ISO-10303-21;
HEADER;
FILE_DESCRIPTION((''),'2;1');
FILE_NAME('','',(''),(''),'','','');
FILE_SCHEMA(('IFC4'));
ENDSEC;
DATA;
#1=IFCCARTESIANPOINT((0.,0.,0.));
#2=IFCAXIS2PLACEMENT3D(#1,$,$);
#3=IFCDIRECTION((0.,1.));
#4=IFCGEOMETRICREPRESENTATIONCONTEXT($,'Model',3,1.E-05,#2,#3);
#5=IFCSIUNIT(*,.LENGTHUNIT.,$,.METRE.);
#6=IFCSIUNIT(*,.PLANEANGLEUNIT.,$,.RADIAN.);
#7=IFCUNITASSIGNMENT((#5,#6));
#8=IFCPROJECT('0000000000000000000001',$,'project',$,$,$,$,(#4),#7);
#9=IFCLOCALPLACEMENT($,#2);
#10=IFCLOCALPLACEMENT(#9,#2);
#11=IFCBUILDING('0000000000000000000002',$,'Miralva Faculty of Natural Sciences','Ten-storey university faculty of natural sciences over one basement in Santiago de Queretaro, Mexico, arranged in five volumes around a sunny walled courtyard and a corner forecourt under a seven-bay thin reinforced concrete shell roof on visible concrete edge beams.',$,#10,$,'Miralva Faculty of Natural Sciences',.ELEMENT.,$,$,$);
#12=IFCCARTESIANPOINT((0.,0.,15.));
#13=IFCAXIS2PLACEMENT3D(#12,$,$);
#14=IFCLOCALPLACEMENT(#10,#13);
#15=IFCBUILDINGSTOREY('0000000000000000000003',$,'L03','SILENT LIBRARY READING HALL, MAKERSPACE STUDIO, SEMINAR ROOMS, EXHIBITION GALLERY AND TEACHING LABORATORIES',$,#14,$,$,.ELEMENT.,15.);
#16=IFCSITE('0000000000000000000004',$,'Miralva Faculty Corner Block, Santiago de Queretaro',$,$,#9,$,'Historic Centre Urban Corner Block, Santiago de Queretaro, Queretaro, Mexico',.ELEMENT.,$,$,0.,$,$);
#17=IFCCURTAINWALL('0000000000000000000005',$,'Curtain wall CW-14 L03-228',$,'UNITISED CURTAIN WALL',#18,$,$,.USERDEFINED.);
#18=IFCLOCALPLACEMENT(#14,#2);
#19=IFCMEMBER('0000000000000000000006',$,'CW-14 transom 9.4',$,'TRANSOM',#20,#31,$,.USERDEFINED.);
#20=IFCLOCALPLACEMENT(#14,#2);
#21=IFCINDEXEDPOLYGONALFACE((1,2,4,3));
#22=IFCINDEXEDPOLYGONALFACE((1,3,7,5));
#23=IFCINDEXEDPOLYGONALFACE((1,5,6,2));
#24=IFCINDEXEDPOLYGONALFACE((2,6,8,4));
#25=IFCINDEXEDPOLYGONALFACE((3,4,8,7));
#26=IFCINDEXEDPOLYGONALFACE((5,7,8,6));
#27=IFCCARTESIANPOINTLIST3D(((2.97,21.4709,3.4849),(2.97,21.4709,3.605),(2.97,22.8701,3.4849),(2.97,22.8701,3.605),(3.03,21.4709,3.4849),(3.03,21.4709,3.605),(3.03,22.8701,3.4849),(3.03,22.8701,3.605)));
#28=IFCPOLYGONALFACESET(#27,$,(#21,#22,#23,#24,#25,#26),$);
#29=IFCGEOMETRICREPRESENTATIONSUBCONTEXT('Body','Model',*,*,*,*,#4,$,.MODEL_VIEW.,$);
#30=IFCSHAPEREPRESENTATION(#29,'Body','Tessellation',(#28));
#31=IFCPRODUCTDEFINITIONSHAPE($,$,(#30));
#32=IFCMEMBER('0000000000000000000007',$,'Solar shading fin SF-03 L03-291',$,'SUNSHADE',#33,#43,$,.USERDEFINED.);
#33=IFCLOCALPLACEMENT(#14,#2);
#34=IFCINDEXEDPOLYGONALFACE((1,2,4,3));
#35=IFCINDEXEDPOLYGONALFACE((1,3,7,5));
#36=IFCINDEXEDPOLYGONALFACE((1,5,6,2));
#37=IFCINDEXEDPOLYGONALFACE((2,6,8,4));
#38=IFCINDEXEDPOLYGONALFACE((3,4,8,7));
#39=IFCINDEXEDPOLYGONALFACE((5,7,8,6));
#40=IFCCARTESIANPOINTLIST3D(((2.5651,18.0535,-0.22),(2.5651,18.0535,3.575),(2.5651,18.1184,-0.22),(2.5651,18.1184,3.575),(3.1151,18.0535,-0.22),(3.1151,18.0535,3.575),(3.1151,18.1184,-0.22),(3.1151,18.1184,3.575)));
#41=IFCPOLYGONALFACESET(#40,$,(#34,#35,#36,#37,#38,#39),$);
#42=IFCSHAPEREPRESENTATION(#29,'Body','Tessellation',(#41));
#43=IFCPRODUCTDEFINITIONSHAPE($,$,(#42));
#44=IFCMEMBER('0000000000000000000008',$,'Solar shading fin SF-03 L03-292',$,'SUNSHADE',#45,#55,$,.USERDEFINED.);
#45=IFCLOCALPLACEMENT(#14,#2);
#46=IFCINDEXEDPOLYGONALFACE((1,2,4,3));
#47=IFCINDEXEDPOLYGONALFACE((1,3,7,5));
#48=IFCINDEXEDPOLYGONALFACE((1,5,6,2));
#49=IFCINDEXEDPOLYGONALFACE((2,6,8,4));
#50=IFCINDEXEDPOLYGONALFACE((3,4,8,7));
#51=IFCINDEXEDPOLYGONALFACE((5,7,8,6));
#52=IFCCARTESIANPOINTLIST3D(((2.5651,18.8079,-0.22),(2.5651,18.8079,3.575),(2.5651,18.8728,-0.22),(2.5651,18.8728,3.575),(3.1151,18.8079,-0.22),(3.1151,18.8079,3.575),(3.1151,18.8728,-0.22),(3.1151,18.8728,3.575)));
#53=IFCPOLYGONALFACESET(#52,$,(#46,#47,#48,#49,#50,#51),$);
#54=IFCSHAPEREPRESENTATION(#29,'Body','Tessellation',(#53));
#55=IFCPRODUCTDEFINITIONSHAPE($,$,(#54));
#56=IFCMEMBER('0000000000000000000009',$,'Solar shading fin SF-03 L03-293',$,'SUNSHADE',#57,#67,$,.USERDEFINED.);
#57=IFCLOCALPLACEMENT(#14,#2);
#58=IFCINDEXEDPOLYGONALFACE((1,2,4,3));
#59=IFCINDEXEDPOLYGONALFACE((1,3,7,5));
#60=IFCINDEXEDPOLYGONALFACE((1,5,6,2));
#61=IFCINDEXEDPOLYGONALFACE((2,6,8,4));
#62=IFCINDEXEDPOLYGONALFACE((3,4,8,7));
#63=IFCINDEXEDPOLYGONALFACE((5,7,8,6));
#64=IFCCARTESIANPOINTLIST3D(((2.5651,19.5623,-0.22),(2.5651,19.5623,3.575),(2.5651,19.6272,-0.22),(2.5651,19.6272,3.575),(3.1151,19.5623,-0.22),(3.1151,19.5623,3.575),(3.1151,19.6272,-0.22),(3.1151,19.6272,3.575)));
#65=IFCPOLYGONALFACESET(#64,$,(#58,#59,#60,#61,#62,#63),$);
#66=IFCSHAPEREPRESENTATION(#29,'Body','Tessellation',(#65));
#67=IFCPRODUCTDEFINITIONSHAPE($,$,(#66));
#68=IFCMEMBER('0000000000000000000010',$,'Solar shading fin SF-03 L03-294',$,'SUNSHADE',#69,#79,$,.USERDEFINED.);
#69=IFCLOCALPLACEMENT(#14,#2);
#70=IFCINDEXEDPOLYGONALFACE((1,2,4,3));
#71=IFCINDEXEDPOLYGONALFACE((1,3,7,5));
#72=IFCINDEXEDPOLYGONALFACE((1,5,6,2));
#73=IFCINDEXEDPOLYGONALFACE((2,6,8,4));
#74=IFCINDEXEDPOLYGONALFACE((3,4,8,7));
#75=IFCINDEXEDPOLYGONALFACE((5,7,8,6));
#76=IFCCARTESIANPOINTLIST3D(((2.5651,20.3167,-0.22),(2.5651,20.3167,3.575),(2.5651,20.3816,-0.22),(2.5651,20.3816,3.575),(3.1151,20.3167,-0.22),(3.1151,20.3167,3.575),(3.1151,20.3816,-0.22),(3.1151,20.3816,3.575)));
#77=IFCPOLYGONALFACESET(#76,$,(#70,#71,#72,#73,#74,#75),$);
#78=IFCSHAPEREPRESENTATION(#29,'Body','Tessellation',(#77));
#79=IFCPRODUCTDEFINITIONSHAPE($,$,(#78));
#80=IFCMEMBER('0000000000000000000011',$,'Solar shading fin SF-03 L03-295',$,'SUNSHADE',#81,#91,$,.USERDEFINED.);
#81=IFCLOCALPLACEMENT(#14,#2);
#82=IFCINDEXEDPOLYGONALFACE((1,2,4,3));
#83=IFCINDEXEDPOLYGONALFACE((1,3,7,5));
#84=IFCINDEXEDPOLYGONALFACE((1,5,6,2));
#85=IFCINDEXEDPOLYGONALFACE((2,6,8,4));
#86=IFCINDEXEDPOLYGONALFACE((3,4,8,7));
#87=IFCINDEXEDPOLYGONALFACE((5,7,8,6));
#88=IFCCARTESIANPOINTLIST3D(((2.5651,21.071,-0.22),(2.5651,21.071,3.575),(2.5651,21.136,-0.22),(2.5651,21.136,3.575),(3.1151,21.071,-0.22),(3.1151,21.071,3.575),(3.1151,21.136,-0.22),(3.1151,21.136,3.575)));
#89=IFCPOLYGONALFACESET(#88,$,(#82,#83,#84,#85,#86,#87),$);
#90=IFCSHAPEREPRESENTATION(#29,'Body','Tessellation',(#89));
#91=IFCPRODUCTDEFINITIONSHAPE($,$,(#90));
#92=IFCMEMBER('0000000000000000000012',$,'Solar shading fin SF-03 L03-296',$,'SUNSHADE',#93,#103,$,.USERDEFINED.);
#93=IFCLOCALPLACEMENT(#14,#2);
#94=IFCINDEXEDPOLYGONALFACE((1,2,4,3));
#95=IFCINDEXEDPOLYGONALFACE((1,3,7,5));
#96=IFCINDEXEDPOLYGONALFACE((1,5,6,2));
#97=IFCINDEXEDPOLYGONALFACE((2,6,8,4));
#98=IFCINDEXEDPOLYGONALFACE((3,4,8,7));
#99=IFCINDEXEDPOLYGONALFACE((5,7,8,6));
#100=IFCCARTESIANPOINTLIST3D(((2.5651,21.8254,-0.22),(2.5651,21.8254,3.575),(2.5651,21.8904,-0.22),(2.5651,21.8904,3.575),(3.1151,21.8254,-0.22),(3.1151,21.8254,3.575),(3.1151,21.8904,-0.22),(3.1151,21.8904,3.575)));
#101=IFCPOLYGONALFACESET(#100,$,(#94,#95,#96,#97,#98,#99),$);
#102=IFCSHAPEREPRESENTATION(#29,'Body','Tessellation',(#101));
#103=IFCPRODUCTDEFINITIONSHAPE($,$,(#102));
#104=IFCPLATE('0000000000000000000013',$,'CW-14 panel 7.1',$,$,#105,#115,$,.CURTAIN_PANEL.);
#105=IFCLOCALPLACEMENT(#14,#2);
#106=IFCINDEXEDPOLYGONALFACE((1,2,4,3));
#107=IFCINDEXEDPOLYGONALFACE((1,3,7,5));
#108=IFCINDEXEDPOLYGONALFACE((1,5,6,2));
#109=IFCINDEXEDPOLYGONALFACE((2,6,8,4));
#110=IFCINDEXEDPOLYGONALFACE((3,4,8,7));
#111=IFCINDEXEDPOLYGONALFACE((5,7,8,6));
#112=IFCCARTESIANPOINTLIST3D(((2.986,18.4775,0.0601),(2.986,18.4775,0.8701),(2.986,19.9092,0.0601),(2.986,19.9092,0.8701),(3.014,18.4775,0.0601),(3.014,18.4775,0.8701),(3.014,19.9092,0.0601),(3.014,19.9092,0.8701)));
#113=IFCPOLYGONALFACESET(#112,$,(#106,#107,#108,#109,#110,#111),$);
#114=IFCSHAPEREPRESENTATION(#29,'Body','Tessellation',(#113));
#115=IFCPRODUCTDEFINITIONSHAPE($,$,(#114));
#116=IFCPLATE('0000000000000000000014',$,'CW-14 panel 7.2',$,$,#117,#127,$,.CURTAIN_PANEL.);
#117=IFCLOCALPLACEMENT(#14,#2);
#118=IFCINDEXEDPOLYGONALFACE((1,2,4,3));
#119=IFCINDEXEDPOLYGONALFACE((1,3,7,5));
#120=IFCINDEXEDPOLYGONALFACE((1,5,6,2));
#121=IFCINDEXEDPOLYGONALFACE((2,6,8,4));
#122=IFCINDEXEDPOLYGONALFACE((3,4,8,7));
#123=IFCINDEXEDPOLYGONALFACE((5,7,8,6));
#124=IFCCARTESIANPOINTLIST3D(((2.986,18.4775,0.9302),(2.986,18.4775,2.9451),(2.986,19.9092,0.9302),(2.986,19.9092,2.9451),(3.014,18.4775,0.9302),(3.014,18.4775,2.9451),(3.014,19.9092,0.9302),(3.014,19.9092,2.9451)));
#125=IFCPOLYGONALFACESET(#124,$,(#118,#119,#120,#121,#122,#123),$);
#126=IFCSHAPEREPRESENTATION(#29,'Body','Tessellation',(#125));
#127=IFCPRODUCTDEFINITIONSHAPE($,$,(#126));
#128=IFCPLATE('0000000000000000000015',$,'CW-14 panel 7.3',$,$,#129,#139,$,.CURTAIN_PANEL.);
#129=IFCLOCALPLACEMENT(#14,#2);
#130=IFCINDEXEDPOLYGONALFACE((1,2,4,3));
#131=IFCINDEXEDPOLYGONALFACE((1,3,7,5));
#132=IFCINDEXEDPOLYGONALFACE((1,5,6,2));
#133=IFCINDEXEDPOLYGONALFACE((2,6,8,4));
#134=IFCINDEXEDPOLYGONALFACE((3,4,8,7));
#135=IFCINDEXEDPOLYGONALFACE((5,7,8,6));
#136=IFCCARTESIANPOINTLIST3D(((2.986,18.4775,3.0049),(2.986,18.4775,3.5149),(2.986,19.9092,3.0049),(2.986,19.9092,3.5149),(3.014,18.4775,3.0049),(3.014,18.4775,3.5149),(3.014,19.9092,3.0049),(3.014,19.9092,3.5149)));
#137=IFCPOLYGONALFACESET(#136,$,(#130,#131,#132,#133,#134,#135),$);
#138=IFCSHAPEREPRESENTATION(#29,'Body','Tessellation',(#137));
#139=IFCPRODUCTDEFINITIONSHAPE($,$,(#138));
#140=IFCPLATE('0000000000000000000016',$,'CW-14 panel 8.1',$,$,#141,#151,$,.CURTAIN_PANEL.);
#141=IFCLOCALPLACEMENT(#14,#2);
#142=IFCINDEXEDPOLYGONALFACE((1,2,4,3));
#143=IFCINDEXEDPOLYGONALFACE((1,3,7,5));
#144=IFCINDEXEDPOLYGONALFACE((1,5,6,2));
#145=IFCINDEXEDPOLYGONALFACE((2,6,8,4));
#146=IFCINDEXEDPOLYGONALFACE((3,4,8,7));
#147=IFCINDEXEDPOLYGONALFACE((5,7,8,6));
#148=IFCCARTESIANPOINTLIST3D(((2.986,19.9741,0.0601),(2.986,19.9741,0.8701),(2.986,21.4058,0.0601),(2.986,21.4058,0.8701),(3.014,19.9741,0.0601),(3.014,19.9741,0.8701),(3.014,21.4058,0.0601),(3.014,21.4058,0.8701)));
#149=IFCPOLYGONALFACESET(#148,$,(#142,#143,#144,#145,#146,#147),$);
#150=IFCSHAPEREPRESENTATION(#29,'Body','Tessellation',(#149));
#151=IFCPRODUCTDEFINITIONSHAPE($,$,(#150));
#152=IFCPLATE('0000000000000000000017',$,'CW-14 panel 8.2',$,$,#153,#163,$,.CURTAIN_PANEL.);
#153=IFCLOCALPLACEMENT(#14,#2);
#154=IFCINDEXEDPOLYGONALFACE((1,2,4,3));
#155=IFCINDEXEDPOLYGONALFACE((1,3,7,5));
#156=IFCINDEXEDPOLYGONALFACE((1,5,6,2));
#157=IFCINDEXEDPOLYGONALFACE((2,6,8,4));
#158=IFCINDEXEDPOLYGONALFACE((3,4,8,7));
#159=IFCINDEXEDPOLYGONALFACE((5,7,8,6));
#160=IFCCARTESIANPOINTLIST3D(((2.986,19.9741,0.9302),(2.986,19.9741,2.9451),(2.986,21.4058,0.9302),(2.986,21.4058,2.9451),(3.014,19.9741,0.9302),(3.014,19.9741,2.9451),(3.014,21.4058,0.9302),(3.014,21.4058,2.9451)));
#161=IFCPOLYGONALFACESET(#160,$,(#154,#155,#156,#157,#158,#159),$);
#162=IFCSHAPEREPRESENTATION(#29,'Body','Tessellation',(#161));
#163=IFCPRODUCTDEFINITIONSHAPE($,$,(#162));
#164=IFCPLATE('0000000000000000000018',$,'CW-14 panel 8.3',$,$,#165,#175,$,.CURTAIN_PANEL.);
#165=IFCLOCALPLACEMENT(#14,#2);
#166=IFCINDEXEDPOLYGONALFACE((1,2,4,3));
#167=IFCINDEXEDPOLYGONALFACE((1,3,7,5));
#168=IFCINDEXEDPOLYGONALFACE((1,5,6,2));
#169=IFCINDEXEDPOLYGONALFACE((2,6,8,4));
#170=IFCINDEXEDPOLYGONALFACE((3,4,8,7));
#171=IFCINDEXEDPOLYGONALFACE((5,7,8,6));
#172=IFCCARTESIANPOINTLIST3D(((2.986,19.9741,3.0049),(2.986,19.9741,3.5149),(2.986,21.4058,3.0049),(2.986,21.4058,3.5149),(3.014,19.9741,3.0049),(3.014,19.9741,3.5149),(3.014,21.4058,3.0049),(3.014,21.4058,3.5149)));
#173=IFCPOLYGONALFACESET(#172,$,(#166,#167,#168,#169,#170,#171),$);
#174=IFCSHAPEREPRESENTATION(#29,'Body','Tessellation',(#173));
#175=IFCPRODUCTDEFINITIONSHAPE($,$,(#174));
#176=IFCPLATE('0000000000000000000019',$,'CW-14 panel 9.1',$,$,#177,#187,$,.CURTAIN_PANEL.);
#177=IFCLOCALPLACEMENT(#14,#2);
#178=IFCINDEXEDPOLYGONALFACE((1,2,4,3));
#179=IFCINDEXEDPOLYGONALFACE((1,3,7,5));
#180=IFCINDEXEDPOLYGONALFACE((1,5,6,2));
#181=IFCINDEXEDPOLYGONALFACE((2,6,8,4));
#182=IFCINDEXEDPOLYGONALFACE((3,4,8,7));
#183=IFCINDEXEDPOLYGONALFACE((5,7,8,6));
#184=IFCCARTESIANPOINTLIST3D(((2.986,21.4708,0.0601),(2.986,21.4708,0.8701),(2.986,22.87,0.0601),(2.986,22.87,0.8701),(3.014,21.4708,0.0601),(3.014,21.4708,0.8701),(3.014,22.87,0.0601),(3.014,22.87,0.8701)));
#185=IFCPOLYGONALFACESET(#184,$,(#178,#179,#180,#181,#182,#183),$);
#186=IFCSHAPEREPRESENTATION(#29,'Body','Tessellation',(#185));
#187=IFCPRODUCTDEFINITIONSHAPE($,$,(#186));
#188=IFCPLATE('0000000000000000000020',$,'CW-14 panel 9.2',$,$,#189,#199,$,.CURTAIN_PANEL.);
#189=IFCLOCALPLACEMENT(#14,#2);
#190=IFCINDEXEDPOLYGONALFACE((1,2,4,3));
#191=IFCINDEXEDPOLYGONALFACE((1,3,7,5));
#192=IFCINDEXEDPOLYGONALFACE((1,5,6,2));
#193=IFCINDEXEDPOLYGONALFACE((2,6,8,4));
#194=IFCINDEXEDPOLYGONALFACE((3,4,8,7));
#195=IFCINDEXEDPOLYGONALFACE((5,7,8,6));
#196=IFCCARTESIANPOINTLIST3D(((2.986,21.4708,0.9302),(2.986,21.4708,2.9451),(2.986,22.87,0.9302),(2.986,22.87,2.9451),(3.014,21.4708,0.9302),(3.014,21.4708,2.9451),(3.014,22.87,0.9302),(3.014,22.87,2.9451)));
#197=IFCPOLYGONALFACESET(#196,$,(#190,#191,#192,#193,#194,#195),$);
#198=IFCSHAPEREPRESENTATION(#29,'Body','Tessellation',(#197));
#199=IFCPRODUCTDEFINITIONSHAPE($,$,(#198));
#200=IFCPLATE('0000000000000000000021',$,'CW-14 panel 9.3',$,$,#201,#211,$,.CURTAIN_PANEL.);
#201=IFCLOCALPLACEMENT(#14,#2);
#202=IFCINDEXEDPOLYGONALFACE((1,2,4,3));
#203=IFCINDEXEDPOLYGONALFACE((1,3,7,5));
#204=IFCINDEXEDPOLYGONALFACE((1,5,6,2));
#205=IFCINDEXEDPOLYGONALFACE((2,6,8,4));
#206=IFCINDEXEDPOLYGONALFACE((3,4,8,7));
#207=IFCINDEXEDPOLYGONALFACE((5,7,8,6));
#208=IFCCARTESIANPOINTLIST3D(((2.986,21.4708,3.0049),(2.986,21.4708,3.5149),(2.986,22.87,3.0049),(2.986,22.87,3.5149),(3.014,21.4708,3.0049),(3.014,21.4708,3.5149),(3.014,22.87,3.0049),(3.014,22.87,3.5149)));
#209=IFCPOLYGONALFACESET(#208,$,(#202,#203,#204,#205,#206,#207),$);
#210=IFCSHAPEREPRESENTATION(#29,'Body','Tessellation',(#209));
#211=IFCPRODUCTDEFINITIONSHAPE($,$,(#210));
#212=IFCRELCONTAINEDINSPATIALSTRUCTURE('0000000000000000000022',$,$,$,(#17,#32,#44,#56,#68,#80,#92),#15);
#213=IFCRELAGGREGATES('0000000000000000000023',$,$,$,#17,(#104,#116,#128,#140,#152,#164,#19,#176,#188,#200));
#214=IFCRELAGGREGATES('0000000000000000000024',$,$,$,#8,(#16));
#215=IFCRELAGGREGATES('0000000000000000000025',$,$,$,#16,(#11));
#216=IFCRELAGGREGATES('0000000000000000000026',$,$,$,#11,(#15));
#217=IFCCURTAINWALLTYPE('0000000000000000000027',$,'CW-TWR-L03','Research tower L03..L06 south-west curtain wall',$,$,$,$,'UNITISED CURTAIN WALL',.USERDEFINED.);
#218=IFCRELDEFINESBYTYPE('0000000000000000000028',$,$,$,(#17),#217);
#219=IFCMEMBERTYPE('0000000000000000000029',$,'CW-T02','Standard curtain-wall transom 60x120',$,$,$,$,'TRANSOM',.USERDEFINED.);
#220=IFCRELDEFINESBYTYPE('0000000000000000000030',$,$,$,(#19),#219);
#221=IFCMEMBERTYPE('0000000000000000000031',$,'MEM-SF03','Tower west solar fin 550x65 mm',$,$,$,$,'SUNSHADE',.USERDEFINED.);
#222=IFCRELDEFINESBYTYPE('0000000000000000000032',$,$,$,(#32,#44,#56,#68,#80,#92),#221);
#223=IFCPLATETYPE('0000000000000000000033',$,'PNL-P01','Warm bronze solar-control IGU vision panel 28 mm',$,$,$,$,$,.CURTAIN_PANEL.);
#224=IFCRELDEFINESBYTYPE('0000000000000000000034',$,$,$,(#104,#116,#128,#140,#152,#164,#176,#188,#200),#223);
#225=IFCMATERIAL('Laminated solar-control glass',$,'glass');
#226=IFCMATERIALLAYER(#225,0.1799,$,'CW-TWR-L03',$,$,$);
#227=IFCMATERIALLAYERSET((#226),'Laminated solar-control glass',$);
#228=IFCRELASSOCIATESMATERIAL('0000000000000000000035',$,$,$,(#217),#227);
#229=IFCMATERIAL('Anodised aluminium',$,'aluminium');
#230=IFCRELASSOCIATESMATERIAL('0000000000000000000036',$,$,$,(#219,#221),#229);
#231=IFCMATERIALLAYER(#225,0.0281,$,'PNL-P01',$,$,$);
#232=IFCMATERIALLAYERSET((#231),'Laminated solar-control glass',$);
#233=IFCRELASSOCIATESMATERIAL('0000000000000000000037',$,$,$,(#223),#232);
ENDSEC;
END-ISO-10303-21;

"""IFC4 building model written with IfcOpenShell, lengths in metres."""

from ifc_helpers import new_model, si_unit, direction, frame, origin, origin_2d, place, context, subcontext, project, spatial, rectangle, extrude, material, layer, layer_set, material_profile, profile_set, type_object, element, aggregate, save


model = new_model("IFC4")

# Units and contexts
model_context = context("Model", 3, precision=1e-05, world=origin(), true_north=direction((0.0, 1.0)))
body_context = subcontext(model_context, "Body", "Model", "MODEL_VIEW")
ifc_project = project(units=[si_unit("LENGTHUNIT", "METRE"), si_unit("PLANEANGLEUNIT", "RADIAN")], contexts=[model_context])

# Site, building, storey
site_placement = place(None, origin())
site = spatial("IfcSite", under=ifc_project, at=site_placement, Name="Miralva Faculty Corner Block, Santiago de Queretaro", LongName="Historic Centre Urban Corner Block, Santiago de Queretaro, Queretaro, Mexico", CompositionType="ELEMENT", RefElevation=0.0)
building_placement = place(site_placement, origin())
building = spatial("IfcBuilding", under=site, at=building_placement, Name="Miralva Faculty of Natural Sciences", Description="Ten-storey university faculty of natural sciences over one basement in Santiago de Queretaro, Mexico, arranged in five volumes around a sunny walled courtyard and a corner forecourt under a seven-bay thin reinforced concrete shell roof on visible concrete edge beams.", LongName="Miralva Faculty of Natural Sciences", CompositionType="ELEMENT")
storey_placement = place(building_placement, frame((0.0, 0.0, 15.0)))
storey = spatial("IfcBuildingStorey", under=building, at=storey_placement, Name="L03", Description="SILENT LIBRARY READING HALL, MAKERSPACE STUDIO, SEMINAR ROOMS, EXHIBITION GALLERY AND TEACHING LABORATORIES", CompositionType="ELEMENT", Elevation=15.0)

# Curtain wall, member
ifc_material_1 = material(Name="Laminated solar-control glass", Category="glass")
ifc_layer_1 = layer(ifc_material_1, 0.1799, Name="CW-TWR-L03")
ifc_layer_set_1 = layer_set([ifc_layer_1], Name="Laminated solar-control glass")
curtain_wall_type = type_object("IfcCurtainWallType", Name="CW-TWR-L03", Description="Research tower L03..L06 south-west curtain wall", ElementType="UNITISED CURTAIN WALL", PredefinedType="USERDEFINED", material=ifc_layer_set_1)
curtain_wall_placement = place(storey_placement, origin())
curtain_wall = element("IfcCurtainWall", 1, at=curtain_wall_placement, inside=storey, type_object=curtain_wall_type, Name="Curtain wall CW-14 L03-228", ObjectType="UNITISED CURTAIN WALL", PredefinedType="USERDEFINED")
ifc_material_2 = material(Name="Anodised aluminium", Category="aluminium")
ifc_material_profile_1 = material_profile(ifc_material_2, rectangle(XDim=0.0601, YDim=0.1201, at=origin_2d()), Name="TRANSOM 60x120")
ifc_profile_set_1 = profile_set([ifc_material_profile_1], Name="Anodised aluminium")
member_type_1 = type_object("IfcMemberType", Name="CW-T02", Description="Standard curtain-wall transom 60x120", ElementType="TRANSOM", PredefinedType="USERDEFINED", material=ifc_profile_set_1)
member_1_placement = place(storey_placement, frame((3.0, 21.4709, 3.5449), z_axis=(0.0, 1.0, 0.0), x_axis=(-1.0, 0.0, 0.0)))
member_1 = element("IfcMember", 2, at=member_1_placement, type_object=member_type_1, Name="CW-14 transom 9.4", ObjectType="TRANSOM", PredefinedType="USERDEFINED", context=body_context, shape_type="SweptSolid", body=[
    extrude(rectangle(XDim=0.0601, YDim=0.1201, at=origin_2d()), origin(), (0.0, 0.0, 1.0), 1.3992),
])

# Members
ifc_material_profile_2 = material_profile(ifc_material_2, rectangle(XDim=0.0649, YDim=0.55, at=origin_2d()), Name="FIN 550x65")
ifc_profile_set_2 = profile_set([ifc_material_profile_2], Name="Anodised aluminium")
member_type_2 = type_object("IfcMemberType", Name="MEM-SF03", Description="Tower west solar fin 550x65 mm", ElementType="SUNSHADE", PredefinedType="USERDEFINED", material=ifc_profile_set_2)
for number, where, z_axis, x_axis, name in (
    (3, (2.8401, 18.0859, -0.22), (0.0, 0.0, 1.0), (0.0, -1.0, 0.0), "Solar shading fin SF-03 L03-291"),
    (4, (2.8401, 18.8403, -0.22), (0.0, 0.0, 1.0), (0.0, -1.0, 0.0), "Solar shading fin SF-03 L03-292"),
    (5, (2.8401, 19.5947, -0.22), (0.0, 0.0, 1.0), (0.0, -1.0, 0.0), "Solar shading fin SF-03 L03-293"),
    (6, (2.8401, 20.3491, -0.22), (0.0, 0.0, 1.0), (0.0, -1.0, 0.0), "Solar shading fin SF-03 L03-294"),
    (7, (2.8401, 21.1035, -0.22), (0.0, 0.0, 1.0), (0.0, -1.0, 0.0), "Solar shading fin SF-03 L03-295"),
    (8, (2.8401, 21.8579, -0.22), (0.0, 0.0, 1.0), (0.0, -1.0, 0.0), "Solar shading fin SF-03 L03-296"),
):
    element("IfcMember", number, at=place(storey_placement, frame(where, z_axis=z_axis, x_axis=x_axis)), inside=storey, type_object=member_type_2, Name=name, ObjectType="SUNSHADE", PredefinedType="USERDEFINED", context=body_context, shape_type="SweptSolid", body=[
        extrude(rectangle(XDim=0.0649, YDim=0.55, at=origin_2d()), origin(), (0.0, 0.0, 1.0), 3.7949),
    ])

# Plates
ifc_layer_2 = layer(ifc_material_1, 0.0281, Name="PNL-P01")
ifc_layer_set_2 = layer_set([ifc_layer_2], Name="Laminated solar-control glass")
plate_type = type_object("IfcPlateType", Name="PNL-P01", Description="Warm bronze solar-control IGU vision panel 28 mm", PredefinedType="CURTAIN_PANEL", material=ifc_layer_set_2)
plate_1_placement = place(storey_placement, frame((3.0, 19.1934, 0.0601), z_axis=(0.0, 0.0, 1.0), x_axis=(0.0, 1.0, 0.0)))
plate_1 = element("IfcPlate", 9, at=plate_1_placement, type_object=plate_type, Name="CW-14 panel 7.1", PredefinedType="CURTAIN_PANEL", context=body_context, shape_type="SweptSolid", body=[
    extrude(rectangle(XDim=1.4316, YDim=0.0281, at=origin_2d()), origin(), (0.0, 0.0, 1.0), 0.8101),
])
plate_2_placement = place(storey_placement, frame((3.0, 19.1934, 0.9302), z_axis=(0.0, 0.0, 1.0), x_axis=(0.0, 1.0, 0.0)))
plate_2 = element("IfcPlate", 10, at=plate_2_placement, type_object=plate_type, Name="CW-14 panel 7.2", PredefinedType="CURTAIN_PANEL", context=body_context, shape_type="SweptSolid", body=[
    extrude(rectangle(XDim=1.4316, YDim=0.0281, at=origin_2d()), origin(), (0.0, 0.0, 1.0), 2.0149),
])
plate_3_placement = place(storey_placement, frame((3.0, 19.1934, 3.0049), z_axis=(0.0, 0.0, 1.0), x_axis=(0.0, 1.0, 0.0)))
plate_3 = element("IfcPlate", 11, at=plate_3_placement, type_object=plate_type, Name="CW-14 panel 7.3", PredefinedType="CURTAIN_PANEL", context=body_context, shape_type="SweptSolid", body=[
    extrude(rectangle(XDim=1.4316, YDim=0.0281, at=origin_2d()), origin(), (0.0, 0.0, 1.0), 0.51),
])
plate_4_placement = place(storey_placement, frame((3.0, 20.6899, 0.0601), z_axis=(0.0, 0.0, 1.0), x_axis=(0.0, 1.0, 0.0)))
plate_4 = element("IfcPlate", 12, at=plate_4_placement, type_object=plate_type, Name="CW-14 panel 8.1", PredefinedType="CURTAIN_PANEL", context=body_context, shape_type="SweptSolid", body=[
    extrude(rectangle(XDim=1.4316, YDim=0.0281, at=origin_2d()), origin(), (0.0, 0.0, 1.0), 0.8101),
])
plate_5_placement = place(storey_placement, frame((3.0, 20.6899, 0.9302), z_axis=(0.0, 0.0, 1.0), x_axis=(0.0, 1.0, 0.0)))
plate_5 = element("IfcPlate", 13, at=plate_5_placement, type_object=plate_type, Name="CW-14 panel 8.2", PredefinedType="CURTAIN_PANEL", context=body_context, shape_type="SweptSolid", body=[
    extrude(rectangle(XDim=1.4316, YDim=0.0281, at=origin_2d()), origin(), (0.0, 0.0, 1.0), 2.0149),
])
plate_6_placement = place(storey_placement, frame((3.0, 20.6899, 3.0049), z_axis=(0.0, 0.0, 1.0), x_axis=(0.0, 1.0, 0.0)))
plate_6 = element("IfcPlate", 14, at=plate_6_placement, type_object=plate_type, Name="CW-14 panel 8.3", PredefinedType="CURTAIN_PANEL", context=body_context, shape_type="SweptSolid", body=[
    extrude(rectangle(XDim=1.4316, YDim=0.0281, at=origin_2d()), origin(), (0.0, 0.0, 1.0), 0.51),
])
plate_7_placement = place(storey_placement, frame((3.0, 22.1704, 0.0601), z_axis=(0.0, 0.0, 1.0), x_axis=(0.0, 1.0, 0.0)))
plate_7 = element("IfcPlate", 15, at=plate_7_placement, type_object=plate_type, Name="CW-14 panel 9.1", PredefinedType="CURTAIN_PANEL", context=body_context, shape_type="SweptSolid", body=[
    extrude(rectangle(XDim=1.3992, YDim=0.0281, at=origin_2d()), origin(), (0.0, 0.0, 1.0), 0.8101),
])
plate_8_placement = place(storey_placement, frame((3.0, 22.1704, 0.9302), z_axis=(0.0, 0.0, 1.0), x_axis=(0.0, 1.0, 0.0)))
plate_8 = element("IfcPlate", 16, at=plate_8_placement, type_object=plate_type, Name="CW-14 panel 9.2", PredefinedType="CURTAIN_PANEL", context=body_context, shape_type="SweptSolid", body=[
    extrude(rectangle(XDim=1.3992, YDim=0.0281, at=origin_2d()), origin(), (0.0, 0.0, 1.0), 2.0149),
])
plate_9_placement = place(storey_placement, frame((3.0, 22.1704, 3.0049), z_axis=(0.0, 0.0, 1.0), x_axis=(0.0, 1.0, 0.0)))
plate_9 = element("IfcPlate", 17, at=plate_9_placement, type_object=plate_type, Name="CW-14 panel 9.3", PredefinedType="CURTAIN_PANEL", context=body_context, shape_type="SweptSolid", body=[
    extrude(rectangle(XDim=1.3992, YDim=0.0281, at=origin_2d()), origin(), (0.0, 0.0, 1.0), 0.51),
])
aggregate(curtain_wall, [plate_1, plate_2, plate_3, plate_4, plate_5, plate_6, member_1, plate_7, plate_8, plate_9])

save(model, "model.ifc")
